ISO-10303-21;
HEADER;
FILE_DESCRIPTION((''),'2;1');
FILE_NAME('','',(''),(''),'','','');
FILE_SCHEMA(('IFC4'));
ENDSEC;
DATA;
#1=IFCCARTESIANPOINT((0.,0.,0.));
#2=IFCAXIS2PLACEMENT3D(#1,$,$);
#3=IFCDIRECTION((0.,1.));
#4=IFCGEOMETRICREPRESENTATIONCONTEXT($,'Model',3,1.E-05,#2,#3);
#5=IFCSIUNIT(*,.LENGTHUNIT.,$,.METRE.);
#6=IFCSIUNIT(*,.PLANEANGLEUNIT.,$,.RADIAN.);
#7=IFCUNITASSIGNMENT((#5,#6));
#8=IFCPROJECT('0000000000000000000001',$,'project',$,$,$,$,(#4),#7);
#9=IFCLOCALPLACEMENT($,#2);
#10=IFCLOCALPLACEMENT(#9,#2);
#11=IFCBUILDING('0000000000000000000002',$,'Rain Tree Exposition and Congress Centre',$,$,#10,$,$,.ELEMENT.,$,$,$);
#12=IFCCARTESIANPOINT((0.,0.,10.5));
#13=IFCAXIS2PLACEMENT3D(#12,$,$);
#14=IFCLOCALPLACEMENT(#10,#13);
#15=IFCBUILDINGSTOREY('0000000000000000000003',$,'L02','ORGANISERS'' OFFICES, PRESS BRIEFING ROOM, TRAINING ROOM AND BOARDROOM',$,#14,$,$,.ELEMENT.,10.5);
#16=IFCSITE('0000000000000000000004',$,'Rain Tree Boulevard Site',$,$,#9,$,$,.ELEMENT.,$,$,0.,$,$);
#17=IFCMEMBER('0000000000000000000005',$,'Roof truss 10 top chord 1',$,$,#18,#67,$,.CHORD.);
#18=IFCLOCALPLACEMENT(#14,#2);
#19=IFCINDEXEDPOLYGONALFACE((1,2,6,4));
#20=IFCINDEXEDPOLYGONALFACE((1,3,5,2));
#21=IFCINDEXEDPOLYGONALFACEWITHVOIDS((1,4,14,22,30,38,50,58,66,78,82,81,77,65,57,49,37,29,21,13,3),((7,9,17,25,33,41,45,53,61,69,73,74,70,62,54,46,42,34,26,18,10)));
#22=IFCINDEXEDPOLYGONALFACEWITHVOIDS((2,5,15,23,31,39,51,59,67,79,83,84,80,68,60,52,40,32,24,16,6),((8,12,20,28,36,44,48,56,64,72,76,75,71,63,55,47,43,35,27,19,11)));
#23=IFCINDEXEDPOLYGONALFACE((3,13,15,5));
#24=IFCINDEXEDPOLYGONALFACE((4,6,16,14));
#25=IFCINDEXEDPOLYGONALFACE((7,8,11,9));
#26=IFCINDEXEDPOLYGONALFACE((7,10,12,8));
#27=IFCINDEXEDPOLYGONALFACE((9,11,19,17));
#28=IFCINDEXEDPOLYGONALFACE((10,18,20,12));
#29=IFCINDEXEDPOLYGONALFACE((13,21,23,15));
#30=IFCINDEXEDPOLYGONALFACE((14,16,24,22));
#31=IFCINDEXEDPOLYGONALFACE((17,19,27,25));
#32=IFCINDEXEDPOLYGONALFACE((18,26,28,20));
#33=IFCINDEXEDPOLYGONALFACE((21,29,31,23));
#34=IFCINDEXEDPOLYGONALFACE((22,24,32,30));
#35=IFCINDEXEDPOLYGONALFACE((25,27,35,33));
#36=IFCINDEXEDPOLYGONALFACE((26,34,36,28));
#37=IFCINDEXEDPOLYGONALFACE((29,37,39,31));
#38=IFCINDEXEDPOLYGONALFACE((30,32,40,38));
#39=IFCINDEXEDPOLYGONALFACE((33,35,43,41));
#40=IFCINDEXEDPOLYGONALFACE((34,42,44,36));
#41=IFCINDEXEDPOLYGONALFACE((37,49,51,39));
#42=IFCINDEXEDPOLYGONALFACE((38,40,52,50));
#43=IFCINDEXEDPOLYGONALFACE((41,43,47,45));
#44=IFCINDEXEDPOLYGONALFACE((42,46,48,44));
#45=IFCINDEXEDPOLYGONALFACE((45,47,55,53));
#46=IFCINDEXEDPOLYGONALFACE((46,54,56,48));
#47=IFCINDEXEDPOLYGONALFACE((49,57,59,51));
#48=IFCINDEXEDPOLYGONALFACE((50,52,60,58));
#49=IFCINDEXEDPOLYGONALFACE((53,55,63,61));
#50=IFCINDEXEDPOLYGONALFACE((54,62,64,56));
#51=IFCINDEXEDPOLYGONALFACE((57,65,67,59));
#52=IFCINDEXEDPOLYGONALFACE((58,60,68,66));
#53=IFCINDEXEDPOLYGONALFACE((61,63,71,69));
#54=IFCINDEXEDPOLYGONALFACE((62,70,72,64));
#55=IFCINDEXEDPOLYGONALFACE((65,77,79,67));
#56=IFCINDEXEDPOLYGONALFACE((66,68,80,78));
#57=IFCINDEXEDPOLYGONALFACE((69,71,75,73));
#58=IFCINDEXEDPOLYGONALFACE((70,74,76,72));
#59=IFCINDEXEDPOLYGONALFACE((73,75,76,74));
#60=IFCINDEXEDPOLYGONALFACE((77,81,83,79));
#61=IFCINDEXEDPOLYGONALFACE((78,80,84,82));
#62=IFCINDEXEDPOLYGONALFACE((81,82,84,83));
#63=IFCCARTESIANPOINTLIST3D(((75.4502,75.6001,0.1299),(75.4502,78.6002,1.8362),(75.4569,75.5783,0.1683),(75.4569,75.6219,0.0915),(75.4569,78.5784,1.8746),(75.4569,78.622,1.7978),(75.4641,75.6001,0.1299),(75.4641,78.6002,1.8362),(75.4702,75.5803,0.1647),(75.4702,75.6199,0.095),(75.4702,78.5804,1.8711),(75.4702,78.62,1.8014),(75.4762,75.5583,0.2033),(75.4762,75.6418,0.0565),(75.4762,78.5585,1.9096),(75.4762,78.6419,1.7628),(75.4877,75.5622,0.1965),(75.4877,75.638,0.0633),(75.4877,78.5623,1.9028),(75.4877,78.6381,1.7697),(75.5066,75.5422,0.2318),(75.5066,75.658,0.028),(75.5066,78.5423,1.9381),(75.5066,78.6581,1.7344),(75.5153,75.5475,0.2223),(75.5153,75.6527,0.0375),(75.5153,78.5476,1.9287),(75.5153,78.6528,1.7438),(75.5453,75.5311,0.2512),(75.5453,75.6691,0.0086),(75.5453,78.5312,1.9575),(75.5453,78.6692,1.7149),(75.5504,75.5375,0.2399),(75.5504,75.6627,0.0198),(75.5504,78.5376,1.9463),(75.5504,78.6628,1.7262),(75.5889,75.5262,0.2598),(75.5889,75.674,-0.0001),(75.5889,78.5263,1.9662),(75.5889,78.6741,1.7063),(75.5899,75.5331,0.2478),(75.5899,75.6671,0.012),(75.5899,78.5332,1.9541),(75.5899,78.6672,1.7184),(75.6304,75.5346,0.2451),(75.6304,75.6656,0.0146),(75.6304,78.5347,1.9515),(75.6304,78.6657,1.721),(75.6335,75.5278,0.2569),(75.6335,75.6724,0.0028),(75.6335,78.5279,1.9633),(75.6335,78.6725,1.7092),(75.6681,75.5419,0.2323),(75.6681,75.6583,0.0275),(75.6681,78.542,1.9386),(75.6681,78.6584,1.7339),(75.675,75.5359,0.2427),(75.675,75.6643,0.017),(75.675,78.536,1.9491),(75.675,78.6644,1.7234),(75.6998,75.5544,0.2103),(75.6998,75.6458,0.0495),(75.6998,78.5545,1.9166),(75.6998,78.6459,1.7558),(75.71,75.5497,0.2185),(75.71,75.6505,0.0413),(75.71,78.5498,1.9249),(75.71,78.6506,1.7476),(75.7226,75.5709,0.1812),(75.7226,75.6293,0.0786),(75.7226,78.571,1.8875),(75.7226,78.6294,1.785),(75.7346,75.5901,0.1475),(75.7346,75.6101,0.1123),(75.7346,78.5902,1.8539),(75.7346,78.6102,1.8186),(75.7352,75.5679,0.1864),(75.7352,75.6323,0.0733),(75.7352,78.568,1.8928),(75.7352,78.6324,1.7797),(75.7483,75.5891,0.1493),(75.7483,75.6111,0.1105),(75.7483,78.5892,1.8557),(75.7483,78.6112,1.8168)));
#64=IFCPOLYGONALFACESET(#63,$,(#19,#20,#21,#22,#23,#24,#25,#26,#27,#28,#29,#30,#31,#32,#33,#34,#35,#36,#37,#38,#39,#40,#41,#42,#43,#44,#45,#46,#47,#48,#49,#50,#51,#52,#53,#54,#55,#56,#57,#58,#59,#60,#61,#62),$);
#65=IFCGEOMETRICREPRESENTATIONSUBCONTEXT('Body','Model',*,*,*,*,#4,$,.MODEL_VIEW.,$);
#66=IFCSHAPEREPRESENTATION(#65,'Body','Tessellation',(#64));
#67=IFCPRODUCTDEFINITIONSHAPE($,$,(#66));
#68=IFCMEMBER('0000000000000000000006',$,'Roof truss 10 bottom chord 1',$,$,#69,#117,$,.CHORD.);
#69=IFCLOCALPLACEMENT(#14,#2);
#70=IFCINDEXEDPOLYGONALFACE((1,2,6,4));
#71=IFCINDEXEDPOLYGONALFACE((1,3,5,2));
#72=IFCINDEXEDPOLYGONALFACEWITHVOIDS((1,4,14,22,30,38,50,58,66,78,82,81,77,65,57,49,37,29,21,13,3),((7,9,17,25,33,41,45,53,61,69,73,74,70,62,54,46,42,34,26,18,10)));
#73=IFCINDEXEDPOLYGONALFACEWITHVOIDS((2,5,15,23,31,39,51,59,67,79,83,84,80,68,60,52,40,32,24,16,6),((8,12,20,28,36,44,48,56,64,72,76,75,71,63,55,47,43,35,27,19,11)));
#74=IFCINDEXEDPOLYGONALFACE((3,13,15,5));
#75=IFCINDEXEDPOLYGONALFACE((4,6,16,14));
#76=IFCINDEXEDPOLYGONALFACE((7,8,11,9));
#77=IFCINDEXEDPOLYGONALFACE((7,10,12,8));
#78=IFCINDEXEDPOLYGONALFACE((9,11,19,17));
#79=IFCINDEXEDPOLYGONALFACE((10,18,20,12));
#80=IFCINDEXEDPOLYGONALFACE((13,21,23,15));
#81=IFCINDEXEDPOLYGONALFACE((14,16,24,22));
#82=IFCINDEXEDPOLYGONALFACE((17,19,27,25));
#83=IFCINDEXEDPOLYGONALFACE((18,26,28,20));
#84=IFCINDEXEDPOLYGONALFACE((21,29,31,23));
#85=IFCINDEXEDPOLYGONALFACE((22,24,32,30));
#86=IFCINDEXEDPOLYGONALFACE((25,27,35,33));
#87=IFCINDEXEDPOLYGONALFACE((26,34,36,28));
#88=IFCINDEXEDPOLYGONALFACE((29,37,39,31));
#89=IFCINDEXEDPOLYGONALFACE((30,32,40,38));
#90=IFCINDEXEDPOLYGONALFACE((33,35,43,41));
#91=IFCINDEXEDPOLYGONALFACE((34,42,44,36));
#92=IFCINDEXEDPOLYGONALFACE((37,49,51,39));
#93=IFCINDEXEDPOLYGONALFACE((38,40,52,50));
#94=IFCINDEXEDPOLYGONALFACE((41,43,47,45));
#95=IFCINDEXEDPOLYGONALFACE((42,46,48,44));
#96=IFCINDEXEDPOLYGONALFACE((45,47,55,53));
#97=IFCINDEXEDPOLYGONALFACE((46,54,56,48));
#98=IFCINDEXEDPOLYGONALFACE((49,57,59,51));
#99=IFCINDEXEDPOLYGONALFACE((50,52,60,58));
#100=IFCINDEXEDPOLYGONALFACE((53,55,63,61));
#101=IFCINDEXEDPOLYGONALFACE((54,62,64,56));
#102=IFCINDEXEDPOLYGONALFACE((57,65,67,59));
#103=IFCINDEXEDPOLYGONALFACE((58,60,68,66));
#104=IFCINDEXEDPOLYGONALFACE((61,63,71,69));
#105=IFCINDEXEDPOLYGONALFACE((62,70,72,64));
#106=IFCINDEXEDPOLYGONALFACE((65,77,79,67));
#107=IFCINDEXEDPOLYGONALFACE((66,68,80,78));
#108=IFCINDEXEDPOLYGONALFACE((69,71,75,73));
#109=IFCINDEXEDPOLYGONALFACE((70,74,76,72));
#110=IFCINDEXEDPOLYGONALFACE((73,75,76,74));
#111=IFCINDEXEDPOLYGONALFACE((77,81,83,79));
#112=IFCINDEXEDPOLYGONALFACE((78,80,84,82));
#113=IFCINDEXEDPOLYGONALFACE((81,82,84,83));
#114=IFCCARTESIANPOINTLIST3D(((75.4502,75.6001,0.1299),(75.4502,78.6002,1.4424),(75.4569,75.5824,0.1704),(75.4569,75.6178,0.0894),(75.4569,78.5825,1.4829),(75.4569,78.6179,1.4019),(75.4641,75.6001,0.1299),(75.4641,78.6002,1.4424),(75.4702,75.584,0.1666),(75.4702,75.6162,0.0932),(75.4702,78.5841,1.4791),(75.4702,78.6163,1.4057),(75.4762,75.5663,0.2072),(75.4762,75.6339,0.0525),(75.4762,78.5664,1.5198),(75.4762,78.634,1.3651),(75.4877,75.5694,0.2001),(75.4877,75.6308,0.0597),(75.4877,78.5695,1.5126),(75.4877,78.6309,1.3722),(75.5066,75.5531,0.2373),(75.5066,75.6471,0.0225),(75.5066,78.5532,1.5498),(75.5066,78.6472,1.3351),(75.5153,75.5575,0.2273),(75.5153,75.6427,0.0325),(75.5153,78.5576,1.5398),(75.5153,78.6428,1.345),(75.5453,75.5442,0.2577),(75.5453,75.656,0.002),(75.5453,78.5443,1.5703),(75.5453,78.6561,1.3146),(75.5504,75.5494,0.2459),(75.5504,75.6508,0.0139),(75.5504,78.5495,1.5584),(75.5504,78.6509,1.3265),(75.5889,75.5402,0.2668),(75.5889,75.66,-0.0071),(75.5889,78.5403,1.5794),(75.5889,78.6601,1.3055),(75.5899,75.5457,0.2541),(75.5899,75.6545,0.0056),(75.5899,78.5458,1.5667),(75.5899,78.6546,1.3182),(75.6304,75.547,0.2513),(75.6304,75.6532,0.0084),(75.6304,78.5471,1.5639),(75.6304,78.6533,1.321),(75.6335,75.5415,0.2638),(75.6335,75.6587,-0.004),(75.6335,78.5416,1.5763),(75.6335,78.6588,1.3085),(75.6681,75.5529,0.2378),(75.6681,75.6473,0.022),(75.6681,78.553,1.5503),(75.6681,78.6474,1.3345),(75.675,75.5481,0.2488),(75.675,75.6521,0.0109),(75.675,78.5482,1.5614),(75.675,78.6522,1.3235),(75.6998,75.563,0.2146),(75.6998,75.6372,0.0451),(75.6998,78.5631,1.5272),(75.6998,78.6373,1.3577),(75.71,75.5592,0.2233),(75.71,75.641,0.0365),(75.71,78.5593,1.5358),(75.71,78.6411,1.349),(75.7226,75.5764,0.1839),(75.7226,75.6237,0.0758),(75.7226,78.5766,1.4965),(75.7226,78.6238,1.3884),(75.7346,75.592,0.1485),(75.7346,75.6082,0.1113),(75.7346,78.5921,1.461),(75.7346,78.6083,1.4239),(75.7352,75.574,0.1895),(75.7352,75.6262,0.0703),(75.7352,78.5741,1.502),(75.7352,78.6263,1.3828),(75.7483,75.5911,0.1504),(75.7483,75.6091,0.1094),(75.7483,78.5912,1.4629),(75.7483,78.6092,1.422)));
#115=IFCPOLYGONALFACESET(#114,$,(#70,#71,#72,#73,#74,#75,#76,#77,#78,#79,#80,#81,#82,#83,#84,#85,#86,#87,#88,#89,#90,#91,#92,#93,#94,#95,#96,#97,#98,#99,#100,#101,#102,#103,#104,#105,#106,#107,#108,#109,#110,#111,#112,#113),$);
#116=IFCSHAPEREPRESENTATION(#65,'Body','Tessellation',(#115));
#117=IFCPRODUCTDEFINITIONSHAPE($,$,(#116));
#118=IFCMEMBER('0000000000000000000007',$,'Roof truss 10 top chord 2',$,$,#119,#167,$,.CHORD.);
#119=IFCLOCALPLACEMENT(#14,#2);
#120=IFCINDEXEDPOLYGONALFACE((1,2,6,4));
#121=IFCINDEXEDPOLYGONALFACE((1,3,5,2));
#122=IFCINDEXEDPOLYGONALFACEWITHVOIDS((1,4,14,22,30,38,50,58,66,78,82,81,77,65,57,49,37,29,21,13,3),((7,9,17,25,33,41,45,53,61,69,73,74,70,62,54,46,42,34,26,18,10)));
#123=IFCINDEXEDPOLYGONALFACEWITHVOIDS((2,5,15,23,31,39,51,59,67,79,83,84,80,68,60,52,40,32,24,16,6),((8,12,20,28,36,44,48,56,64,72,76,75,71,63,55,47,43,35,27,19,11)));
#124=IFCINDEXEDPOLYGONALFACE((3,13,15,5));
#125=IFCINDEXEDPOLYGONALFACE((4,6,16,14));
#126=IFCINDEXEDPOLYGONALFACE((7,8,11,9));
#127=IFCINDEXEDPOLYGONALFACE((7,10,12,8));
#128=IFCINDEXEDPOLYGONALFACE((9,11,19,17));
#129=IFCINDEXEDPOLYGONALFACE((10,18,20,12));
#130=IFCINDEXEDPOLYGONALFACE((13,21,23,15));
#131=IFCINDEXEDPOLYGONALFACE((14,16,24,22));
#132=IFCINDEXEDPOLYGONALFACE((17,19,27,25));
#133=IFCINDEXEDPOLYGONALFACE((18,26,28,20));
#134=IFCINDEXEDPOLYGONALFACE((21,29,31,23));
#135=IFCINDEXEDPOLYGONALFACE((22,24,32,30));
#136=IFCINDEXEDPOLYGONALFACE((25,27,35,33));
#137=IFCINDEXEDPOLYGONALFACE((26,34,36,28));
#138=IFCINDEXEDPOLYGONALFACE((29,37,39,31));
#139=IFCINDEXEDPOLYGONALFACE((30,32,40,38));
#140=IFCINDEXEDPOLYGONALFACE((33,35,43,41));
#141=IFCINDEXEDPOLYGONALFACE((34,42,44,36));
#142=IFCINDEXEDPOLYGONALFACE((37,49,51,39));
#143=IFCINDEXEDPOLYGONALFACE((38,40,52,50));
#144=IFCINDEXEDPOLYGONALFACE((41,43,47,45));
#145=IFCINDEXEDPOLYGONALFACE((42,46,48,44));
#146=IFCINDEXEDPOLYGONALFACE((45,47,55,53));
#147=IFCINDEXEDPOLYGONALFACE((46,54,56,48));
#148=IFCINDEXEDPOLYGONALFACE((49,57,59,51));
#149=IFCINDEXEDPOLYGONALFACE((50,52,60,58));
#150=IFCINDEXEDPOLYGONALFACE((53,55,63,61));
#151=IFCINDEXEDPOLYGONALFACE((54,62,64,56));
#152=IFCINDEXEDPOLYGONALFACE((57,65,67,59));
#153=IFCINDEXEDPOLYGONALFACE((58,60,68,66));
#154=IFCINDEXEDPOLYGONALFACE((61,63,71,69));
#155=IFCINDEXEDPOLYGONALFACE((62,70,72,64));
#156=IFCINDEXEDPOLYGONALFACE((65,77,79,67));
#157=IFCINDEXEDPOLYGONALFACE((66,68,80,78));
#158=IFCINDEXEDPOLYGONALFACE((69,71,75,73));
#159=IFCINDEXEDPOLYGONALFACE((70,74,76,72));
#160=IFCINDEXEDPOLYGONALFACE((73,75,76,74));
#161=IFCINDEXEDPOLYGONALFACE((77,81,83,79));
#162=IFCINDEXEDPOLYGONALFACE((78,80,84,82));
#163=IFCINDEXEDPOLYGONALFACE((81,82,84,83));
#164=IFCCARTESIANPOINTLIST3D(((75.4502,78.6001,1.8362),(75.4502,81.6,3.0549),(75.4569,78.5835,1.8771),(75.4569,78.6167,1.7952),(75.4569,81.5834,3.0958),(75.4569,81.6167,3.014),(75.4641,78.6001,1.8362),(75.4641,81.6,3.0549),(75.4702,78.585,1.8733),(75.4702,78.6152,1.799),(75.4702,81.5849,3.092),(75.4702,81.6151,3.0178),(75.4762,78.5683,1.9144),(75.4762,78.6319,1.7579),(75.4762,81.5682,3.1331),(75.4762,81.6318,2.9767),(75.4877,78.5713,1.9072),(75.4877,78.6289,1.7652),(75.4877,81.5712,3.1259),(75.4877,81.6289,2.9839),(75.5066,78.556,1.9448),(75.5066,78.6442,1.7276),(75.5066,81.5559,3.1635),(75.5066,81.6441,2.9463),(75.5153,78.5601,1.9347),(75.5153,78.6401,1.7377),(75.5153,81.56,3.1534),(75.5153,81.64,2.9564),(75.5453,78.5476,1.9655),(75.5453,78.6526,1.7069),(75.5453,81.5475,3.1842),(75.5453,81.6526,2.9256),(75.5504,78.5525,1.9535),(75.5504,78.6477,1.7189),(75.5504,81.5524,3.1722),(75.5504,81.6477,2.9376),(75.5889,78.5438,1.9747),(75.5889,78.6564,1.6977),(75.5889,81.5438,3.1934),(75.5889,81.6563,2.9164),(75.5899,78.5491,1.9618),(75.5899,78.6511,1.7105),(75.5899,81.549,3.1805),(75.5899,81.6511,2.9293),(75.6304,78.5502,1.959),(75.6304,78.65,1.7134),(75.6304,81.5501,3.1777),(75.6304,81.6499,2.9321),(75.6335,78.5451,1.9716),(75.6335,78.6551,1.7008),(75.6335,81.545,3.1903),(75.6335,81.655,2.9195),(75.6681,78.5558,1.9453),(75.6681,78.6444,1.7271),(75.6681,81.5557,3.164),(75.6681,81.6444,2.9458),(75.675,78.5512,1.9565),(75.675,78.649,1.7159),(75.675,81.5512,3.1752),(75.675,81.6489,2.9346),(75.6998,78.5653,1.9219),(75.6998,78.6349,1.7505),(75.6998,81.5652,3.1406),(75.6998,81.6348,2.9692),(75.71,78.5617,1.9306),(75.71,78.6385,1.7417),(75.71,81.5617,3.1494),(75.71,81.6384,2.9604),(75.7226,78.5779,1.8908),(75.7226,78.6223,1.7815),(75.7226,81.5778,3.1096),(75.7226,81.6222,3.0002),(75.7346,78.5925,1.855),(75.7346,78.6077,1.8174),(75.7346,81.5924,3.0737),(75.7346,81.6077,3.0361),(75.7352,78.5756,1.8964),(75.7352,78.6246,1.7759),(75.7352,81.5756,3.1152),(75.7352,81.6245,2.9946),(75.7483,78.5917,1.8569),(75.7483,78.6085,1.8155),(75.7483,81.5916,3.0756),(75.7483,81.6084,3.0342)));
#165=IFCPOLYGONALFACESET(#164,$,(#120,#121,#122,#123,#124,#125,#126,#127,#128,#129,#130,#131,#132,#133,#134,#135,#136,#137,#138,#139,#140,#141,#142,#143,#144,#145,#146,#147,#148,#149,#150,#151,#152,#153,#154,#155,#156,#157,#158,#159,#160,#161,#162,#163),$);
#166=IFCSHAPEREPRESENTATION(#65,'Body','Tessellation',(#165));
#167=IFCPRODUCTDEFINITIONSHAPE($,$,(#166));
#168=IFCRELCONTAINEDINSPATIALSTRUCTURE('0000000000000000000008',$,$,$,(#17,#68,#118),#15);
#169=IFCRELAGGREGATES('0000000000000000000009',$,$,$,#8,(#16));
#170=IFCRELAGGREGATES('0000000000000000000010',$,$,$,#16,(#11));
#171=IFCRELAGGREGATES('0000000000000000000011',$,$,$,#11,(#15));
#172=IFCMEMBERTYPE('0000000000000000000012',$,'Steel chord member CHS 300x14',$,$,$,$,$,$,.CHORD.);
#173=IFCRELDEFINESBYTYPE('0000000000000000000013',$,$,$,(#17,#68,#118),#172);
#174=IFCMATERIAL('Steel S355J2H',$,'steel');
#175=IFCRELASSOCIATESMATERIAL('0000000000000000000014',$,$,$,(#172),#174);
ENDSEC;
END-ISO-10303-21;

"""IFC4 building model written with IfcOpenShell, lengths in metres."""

from ifc_helpers import new_model, si_unit, direction, frame, origin, origin_2d, place, context, subcontext, project, spatial, hollow_circle, extrude, material, material_profile, profile_set, type_object, element, save


model = new_model("IFC4")

# Units and contexts
model_context = context("Model", 3, precision=1e-05, world=origin(), true_north=direction((0.0, 1.0)))
body_context = subcontext(model_context, "Body", "Model", "MODEL_VIEW")
ifc_project = project(units=[si_unit("LENGTHUNIT", "METRE"), si_unit("PLANEANGLEUNIT", "RADIAN")], contexts=[model_context])

# Site, building, storey
site_placement = place(None, origin())
site = spatial("IfcSite", under=ifc_project, at=site_placement, Name="Rain Tree Boulevard Site", CompositionType="ELEMENT", RefElevation=0.0)
building_placement = place(site_placement, origin())
building = spatial("IfcBuilding", under=site, at=building_placement, Name="Rain Tree Exposition and Congress Centre", CompositionType="ELEMENT")
storey_placement = place(building_placement, frame((0.0, 0.0, 10.5)))
storey = spatial("IfcBuildingStorey", under=building, at=storey_placement, Name="L02", Description="ORGANISERS' OFFICES, PRESS BRIEFING ROOM, TRAINING ROOM AND BOARDROOM", CompositionType="ELEMENT", Elevation=10.5)

# Members
ifc_material_1 = material(Name="Steel S355J2H", Category="steel")
ifc_material_profile_1 = material_profile(ifc_material_1, hollow_circle(Radius=0.1499, WallThickness=0.0139, at=origin_2d()), Name="CHS 300x14")
ifc_profile_set_1 = profile_set([ifc_material_profile_1], Name="Steel S355J2H")
member_type_1 = type_object("IfcMemberType", Name="Steel chord member CHS 300x14", PredefinedType="CHORD", material=ifc_profile_set_1)
member_1_placement = place(storey_placement, frame((75.6001, 75.6001, 0.1299), z_axis=(0.0, 0.869238, 0.494393), x_axis=(-1.0, 0.0, 0.0)))
element("IfcMember", 1, at=member_1_placement, inside=storey, type_object=member_type_1, Name="Roof truss 10 top chord 1", PredefinedType="CHORD", context=body_context, shape_type="SweptSolid", body=[
    extrude(hollow_circle(Radius=0.1499, WallThickness=0.0139, at=origin_2d()), origin(), (0.0, 0.0, 1.0), 3.4514),
])
member_2_placement = place(storey_placement, frame((75.6001, 75.6001, 0.1299), z_axis=(0.0, 0.916157, 0.400819), x_axis=(-1.0, 0.0, 0.0)))
element("IfcMember", 2, at=member_2_placement, inside=storey, type_object=member_type_1, Name="Roof truss 10 bottom chord 1", PredefinedType="CHORD", context=body_context, shape_type="SweptSolid", body=[
    extrude(hollow_circle(Radius=0.1499, WallThickness=0.0139, at=origin_2d()), origin(), (0.0, 0.0, 1.0), 3.2747),
])
member_3_placement = place(storey_placement, frame((75.6001, 78.6001, 1.8362), z_axis=(0.0, 0.926467, 0.376377), x_axis=(-1.0, 0.0, 0.0)))
element("IfcMember", 3, at=member_3_placement, inside=storey, type_object=member_type_1, Name="Roof truss 10 top chord 2", PredefinedType="CHORD", context=body_context, shape_type="SweptSolid", body=[
    extrude(hollow_circle(Radius=0.1499, WallThickness=0.0139, at=origin_2d()), origin(), (0.0, 0.0, 1.0), 3.238),
])

save(model, "model.ifc")
